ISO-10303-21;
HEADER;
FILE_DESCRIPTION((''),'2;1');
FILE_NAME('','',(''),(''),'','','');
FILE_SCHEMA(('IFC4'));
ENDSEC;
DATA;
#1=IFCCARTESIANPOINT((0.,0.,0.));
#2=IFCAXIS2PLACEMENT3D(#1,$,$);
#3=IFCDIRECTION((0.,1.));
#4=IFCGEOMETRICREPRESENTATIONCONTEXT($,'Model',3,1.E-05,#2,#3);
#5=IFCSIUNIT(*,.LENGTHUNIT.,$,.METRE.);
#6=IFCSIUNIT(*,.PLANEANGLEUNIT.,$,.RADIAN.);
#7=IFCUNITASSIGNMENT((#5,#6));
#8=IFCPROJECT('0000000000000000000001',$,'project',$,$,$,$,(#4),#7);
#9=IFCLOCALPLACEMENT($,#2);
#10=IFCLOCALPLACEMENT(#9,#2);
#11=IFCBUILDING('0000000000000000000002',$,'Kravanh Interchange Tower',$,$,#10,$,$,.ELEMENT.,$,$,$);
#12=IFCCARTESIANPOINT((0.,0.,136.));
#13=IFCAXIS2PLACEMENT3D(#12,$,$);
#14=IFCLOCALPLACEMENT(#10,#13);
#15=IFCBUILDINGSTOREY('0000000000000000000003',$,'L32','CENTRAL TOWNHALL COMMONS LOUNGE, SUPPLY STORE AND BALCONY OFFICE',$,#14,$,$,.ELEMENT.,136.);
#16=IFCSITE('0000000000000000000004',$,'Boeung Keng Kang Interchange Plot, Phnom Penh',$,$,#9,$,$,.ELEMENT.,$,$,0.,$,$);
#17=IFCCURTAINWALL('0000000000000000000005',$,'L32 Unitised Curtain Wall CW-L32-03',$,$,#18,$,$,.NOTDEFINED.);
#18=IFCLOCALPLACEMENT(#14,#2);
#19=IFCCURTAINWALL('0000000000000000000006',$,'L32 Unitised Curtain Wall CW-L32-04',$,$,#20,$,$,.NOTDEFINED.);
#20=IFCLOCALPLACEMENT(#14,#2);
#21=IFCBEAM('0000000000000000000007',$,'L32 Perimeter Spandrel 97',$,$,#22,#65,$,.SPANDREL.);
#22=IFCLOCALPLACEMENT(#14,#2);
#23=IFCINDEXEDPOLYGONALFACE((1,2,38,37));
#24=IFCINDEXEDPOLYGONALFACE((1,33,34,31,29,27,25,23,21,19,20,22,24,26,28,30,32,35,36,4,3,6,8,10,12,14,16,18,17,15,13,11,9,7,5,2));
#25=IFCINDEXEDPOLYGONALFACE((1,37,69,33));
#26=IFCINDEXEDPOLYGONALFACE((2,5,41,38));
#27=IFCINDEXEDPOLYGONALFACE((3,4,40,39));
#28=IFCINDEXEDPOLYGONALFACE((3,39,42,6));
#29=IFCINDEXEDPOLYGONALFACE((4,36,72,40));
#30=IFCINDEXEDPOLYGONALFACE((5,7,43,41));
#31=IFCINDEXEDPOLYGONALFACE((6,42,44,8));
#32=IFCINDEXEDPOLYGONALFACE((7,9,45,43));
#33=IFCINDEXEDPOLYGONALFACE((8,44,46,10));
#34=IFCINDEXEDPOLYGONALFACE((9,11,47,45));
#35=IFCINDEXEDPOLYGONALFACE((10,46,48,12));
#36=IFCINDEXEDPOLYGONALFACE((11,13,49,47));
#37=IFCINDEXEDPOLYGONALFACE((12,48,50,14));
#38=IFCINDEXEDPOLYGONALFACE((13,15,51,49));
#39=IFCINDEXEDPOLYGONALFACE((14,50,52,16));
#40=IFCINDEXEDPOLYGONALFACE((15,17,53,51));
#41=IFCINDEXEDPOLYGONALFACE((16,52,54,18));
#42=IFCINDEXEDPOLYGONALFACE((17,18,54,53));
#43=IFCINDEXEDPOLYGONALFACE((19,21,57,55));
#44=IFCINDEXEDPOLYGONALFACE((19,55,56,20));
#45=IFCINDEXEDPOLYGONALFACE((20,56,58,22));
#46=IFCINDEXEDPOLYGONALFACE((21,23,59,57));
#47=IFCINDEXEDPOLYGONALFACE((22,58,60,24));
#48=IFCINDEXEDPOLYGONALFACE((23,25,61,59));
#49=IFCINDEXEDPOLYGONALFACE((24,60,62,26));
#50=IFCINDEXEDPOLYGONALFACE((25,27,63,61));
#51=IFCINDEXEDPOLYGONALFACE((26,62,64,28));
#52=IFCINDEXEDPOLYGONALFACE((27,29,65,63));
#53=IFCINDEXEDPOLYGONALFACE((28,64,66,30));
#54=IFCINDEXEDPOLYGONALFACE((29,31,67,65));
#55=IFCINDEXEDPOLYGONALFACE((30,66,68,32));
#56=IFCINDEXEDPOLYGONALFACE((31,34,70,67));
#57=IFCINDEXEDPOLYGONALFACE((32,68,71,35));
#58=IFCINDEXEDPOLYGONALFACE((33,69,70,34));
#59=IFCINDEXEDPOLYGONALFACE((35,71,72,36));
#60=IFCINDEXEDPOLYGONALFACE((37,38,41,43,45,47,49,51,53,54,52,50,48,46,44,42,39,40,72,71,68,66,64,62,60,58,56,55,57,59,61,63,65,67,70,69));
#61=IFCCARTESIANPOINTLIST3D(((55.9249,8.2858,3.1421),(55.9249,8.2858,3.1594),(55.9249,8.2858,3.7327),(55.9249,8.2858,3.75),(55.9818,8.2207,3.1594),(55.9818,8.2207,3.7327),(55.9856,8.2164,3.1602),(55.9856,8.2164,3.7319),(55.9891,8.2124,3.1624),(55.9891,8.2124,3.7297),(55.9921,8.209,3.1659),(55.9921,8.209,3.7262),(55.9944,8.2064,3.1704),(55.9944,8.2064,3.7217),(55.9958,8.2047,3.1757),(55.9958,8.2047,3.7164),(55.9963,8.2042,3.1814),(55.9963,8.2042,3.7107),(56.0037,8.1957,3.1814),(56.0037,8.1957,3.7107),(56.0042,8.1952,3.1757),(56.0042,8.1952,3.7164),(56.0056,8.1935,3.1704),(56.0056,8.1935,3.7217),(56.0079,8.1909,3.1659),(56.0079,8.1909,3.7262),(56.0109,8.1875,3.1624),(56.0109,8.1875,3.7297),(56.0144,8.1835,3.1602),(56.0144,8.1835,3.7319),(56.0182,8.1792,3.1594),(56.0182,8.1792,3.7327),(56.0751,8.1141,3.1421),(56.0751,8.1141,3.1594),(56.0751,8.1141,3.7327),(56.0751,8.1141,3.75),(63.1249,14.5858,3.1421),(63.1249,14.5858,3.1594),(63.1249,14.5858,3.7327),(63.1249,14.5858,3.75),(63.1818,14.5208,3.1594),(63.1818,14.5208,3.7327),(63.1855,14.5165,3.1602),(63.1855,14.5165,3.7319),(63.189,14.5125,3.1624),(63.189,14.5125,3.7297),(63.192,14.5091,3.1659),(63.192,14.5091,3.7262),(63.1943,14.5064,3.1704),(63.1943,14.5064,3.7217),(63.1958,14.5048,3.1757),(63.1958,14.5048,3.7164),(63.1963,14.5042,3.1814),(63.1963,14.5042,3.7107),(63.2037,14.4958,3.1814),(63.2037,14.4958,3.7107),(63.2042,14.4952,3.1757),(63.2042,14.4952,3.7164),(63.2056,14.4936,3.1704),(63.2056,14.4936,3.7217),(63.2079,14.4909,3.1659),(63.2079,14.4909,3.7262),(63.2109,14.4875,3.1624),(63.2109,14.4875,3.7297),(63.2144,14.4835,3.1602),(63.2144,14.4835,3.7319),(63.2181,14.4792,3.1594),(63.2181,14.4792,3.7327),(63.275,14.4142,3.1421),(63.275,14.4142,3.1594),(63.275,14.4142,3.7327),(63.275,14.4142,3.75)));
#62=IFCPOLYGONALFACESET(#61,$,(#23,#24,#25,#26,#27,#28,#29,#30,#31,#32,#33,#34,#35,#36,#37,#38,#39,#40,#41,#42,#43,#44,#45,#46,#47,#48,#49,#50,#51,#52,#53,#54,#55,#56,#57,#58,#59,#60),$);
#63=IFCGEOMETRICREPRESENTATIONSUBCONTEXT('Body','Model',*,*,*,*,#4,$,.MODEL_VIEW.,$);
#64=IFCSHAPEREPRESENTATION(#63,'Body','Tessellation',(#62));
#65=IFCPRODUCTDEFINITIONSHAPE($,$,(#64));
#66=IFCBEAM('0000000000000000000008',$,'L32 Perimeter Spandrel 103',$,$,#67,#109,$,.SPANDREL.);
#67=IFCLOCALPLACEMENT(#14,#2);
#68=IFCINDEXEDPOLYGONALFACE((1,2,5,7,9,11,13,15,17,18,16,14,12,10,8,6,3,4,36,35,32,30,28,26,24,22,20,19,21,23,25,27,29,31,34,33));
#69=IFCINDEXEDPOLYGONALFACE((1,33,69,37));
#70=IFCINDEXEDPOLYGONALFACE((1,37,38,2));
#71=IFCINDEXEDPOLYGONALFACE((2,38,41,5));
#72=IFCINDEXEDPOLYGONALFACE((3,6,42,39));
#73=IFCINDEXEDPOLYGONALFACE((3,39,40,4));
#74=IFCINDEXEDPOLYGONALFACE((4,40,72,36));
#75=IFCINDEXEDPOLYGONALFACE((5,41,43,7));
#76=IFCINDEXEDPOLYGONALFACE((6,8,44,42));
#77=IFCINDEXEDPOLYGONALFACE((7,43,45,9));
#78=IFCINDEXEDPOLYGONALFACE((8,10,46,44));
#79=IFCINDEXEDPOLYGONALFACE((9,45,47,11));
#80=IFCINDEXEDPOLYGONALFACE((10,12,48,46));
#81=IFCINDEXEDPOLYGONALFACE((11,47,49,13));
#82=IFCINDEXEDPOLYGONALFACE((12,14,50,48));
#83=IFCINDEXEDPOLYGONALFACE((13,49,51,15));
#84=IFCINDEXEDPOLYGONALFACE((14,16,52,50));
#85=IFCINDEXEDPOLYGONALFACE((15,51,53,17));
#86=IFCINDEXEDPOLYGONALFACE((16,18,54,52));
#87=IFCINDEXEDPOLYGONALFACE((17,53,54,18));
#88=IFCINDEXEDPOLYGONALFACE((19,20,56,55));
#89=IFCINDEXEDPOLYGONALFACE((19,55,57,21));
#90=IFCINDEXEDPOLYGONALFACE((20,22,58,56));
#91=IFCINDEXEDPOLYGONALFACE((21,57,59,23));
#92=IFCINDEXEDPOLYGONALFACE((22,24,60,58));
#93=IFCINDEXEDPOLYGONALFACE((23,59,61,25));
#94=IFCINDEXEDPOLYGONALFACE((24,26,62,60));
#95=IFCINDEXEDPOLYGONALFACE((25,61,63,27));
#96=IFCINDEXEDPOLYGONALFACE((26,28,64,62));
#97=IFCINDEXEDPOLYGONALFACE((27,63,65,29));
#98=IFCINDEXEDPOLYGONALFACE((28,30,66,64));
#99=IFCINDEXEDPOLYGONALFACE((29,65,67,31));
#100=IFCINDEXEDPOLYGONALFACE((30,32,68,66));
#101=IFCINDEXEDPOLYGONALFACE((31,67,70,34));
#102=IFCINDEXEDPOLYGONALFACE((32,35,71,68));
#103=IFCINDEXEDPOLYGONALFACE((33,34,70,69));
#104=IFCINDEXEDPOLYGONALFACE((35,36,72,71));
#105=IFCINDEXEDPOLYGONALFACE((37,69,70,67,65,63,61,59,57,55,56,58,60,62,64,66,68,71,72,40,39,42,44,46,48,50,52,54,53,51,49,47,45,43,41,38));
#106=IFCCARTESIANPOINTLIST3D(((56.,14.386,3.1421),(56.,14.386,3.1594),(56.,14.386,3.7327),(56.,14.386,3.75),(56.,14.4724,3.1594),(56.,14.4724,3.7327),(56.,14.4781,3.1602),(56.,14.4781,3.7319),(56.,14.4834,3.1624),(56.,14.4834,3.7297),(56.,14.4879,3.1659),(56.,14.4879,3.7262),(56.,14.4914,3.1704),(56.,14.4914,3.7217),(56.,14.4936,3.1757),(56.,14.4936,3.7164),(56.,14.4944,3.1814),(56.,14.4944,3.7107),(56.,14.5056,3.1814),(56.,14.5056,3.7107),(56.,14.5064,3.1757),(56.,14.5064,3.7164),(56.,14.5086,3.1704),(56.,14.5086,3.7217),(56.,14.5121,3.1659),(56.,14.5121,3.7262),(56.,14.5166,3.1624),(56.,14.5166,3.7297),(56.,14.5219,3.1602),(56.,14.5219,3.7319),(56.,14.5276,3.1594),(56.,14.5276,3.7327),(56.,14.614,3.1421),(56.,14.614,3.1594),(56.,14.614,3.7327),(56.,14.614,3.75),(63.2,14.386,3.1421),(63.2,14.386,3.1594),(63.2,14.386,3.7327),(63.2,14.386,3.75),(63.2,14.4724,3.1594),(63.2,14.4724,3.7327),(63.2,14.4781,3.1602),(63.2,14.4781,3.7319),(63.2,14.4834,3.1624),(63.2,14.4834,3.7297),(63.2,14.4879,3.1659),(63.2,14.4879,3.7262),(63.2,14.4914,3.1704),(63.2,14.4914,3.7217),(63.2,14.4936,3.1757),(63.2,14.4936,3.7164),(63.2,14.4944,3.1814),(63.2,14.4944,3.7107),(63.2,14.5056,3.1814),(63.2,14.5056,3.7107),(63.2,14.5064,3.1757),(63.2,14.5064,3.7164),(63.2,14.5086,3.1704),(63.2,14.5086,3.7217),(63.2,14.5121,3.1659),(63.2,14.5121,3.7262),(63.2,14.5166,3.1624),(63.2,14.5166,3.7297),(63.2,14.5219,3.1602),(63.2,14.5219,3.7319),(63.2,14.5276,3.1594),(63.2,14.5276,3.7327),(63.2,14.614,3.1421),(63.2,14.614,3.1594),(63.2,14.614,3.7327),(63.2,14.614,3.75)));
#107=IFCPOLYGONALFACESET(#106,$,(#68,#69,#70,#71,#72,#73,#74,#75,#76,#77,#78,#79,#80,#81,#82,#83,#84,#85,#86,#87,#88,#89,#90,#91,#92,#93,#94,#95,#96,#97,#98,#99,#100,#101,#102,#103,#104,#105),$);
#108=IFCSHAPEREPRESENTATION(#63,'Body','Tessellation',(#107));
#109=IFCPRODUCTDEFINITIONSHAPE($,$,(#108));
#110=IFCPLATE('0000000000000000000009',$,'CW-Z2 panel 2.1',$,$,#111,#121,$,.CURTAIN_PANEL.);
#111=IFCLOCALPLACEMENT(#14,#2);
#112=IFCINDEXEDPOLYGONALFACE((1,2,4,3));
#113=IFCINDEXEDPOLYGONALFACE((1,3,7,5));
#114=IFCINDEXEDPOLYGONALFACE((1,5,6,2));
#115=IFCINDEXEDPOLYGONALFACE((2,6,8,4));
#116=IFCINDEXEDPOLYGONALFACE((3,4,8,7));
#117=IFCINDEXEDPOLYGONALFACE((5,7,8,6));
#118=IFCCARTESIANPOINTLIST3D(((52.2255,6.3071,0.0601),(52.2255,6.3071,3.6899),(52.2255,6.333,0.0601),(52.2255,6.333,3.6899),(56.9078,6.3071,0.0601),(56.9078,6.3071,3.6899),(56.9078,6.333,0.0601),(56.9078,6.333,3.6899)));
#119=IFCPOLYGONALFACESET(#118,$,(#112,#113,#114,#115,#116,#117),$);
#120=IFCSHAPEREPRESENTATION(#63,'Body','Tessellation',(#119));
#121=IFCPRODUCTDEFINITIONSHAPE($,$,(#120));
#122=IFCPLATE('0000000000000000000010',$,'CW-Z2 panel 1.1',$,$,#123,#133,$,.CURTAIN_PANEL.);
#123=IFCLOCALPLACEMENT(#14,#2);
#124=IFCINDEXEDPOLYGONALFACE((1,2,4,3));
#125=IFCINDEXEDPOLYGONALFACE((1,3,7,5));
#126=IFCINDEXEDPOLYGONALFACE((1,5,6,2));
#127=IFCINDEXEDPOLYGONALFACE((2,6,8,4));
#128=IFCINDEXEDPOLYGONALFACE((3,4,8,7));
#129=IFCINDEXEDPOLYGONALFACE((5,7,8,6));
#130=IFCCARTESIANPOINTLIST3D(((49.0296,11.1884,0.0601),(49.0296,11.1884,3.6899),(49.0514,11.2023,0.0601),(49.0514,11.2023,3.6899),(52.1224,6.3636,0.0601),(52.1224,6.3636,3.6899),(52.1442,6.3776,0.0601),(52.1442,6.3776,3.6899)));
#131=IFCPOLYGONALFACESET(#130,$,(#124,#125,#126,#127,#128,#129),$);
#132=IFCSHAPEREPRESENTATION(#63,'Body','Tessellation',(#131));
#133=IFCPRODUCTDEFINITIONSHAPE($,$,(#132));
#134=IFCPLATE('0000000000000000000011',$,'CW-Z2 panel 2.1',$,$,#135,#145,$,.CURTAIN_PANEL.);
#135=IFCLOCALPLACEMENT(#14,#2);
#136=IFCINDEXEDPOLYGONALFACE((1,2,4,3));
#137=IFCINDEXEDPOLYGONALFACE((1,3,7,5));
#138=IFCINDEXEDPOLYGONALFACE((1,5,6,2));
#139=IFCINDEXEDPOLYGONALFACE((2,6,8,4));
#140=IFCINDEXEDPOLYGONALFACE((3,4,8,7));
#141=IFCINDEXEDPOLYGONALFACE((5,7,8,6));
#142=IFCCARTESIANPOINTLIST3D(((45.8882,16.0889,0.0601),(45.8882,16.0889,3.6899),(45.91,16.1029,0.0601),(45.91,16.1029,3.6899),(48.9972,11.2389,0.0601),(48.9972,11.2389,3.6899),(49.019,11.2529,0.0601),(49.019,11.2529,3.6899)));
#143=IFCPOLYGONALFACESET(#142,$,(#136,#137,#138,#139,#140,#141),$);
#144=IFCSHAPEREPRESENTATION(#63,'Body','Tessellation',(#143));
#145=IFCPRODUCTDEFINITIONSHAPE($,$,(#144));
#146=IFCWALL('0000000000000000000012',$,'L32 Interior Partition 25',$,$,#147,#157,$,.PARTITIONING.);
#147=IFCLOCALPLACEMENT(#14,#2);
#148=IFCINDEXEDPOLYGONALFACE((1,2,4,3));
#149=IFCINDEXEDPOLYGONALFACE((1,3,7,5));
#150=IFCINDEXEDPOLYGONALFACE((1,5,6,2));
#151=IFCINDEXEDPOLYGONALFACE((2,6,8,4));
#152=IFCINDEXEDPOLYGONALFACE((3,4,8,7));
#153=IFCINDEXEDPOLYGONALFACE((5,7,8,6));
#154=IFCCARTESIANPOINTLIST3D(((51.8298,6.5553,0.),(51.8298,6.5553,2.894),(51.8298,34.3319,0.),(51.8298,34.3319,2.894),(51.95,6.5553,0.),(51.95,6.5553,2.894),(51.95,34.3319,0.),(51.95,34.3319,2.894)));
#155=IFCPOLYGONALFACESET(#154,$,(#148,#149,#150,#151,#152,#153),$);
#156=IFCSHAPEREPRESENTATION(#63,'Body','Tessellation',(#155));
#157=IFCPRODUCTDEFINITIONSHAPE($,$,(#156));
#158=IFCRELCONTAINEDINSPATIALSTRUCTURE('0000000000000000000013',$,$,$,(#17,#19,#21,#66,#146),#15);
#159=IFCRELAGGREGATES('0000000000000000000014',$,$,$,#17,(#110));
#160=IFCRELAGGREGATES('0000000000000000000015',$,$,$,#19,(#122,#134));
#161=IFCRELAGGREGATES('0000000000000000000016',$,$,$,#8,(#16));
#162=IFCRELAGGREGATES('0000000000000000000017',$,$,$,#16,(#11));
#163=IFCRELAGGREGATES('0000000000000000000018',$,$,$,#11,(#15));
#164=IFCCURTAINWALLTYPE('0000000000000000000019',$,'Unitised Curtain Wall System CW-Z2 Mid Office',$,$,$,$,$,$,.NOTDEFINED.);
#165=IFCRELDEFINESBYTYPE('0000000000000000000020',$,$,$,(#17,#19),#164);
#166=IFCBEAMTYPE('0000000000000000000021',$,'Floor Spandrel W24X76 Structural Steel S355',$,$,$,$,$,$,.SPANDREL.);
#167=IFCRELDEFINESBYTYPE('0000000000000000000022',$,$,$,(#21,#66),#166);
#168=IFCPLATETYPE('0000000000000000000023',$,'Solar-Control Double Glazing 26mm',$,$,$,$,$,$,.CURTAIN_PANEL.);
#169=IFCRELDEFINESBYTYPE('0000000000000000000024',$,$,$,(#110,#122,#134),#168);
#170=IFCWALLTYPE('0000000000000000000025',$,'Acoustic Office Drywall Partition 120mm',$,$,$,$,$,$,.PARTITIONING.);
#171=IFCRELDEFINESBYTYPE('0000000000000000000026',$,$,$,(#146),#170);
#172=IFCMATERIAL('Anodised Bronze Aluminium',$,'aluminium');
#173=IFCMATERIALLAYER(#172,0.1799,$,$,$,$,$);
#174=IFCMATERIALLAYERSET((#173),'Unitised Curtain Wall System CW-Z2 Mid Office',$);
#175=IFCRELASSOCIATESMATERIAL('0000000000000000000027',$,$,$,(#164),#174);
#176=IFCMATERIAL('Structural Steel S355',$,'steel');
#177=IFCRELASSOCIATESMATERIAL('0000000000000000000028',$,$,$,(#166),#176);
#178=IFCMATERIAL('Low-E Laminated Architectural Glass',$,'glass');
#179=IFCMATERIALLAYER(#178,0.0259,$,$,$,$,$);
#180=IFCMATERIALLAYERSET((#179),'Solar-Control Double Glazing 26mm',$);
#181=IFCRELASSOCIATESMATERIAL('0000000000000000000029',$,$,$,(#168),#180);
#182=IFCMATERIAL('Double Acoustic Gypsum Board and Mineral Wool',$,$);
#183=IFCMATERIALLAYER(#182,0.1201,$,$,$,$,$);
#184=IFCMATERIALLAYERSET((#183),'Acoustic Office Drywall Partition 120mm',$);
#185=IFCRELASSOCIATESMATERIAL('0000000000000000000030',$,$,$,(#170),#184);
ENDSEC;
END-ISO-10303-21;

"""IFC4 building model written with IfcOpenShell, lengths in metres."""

from ifc_helpers import new_model, si_unit, direction, frame, frame_2d, origin, origin_2d, place, context, subcontext, project, spatial, rectangle, i_section, extrude, material, layer, layer_set, material_profile, profile_set, type_object, element, aggregate, save


model = new_model("IFC4")

# Units and contexts
model_context = context("Model", 3, precision=1e-05, world=origin(), true_north=direction((0.0, 1.0)))
body_context = subcontext(model_context, "Body", "Model", "MODEL_VIEW")
ifc_project = project(units=[si_unit("LENGTHUNIT", "METRE"), si_unit("PLANEANGLEUNIT", "RADIAN")], contexts=[model_context])

# Site, building, storey
site_placement = place(None, origin())
site = spatial("IfcSite", under=ifc_project, at=site_placement, Name="Boeung Keng Kang Interchange Plot, Phnom Penh", CompositionType="ELEMENT", RefElevation=0.0)
building_placement = place(site_placement, origin())
building = spatial("IfcBuilding", under=site, at=building_placement, Name="Kravanh Interchange Tower", CompositionType="ELEMENT")
storey_placement = place(building_placement, frame((0.0, 0.0, 136.0)))
storey = spatial("IfcBuildingStorey", under=building, at=storey_placement, Name="L32", Description="CENTRAL TOWNHALL COMMONS LOUNGE, SUPPLY STORE AND BALCONY OFFICE", CompositionType="ELEMENT", Elevation=136.0)

# Curtain wall
ifc_material_1 = material(Name="Anodised Bronze Aluminium", Category="aluminium")
ifc_layer_1 = layer(ifc_material_1, 0.1799)
ifc_layer_set_1 = layer_set([ifc_layer_1], Name="Unitised Curtain Wall System CW-Z2 Mid Office")
curtain_wall_type = type_object("IfcCurtainWallType", Name="Unitised Curtain Wall System CW-Z2 Mid Office", PredefinedType="NOTDEFINED", material=ifc_layer_set_1)
curtain_wall_1_placement = place(storey_placement, origin())
curtain_wall_1 = element("IfcCurtainWall", 1, at=curtain_wall_1_placement, inside=storey, type_object=curtain_wall_type, Name="L32 Unitised Curtain Wall CW-L32-03", PredefinedType="NOTDEFINED")

# Curtain wall
curtain_wall_2_placement = place(storey_placement, origin())
curtain_wall_2 = element("IfcCurtainWall", 2, at=curtain_wall_2_placement, inside=storey, type_object=curtain_wall_type, Name="L32 Unitised Curtain Wall CW-L32-04", PredefinedType="NOTDEFINED")

# Beams
ifc_material_2 = material(Name="Structural Steel S355", Category="steel")
ifc_material_profile_1 = material_profile(ifc_material_2, i_section(OverallWidth=0.228, OverallDepth=0.6079, WebThickness=0.0112, FlangeThickness=0.0173, FilletRadius=0.022, at=origin_2d()), Name="W24X76")
ifc_profile_set_1 = profile_set([ifc_material_profile_1], Name="Structural Steel S355")
beam_type_1 = type_object("IfcBeamType", Name="Floor Spandrel W24X76 Structural Steel S355", PredefinedType="SPANDREL", material=ifc_profile_set_1)
beam_1_placement = place(storey_placement, frame((56.0, 8.2, 3.446), z_axis=(0.752572, 0.65851, 0.0), x_axis=(-0.65851, 0.752572, 0.0)))
element("IfcBeam", 3, at=beam_1_placement, inside=storey, type_object=beam_type_1, Name="L32 Perimeter Spandrel 97", PredefinedType="SPANDREL", context=body_context, shape_type="SweptSolid", body=[
    extrude(i_section(OverallWidth=0.228, OverallDepth=0.6079, WebThickness=0.0112, FlangeThickness=0.0173, FilletRadius=0.022, at=origin_2d()), origin(), (0.0, 0.0, 1.0), 9.5671),
])
beam_2_placement = place(storey_placement, frame((56.0, 14.5, 3.446), z_axis=(1.0, 0.0, 0.0), x_axis=(0.0, 1.0, 0.0)))
element("IfcBeam", 4, at=beam_2_placement, inside=storey, type_object=beam_type_1, Name="L32 Perimeter Spandrel 103", PredefinedType="SPANDREL", context=body_context, shape_type="SweptSolid", body=[
    extrude(i_section(OverallWidth=0.228, OverallDepth=0.6079, WebThickness=0.0112, FlangeThickness=0.0173, FilletRadius=0.022, at=origin_2d()), origin(), (0.0, 0.0, 1.0), 7.2),
])

# Plates
ifc_material_3 = material(Name="Low-E Laminated Architectural Glass", Category="glass")
ifc_layer_2 = layer(ifc_material_3, 0.0259)
ifc_layer_set_2 = layer_set([ifc_layer_2], Name="Solar-Control Double Glazing 26mm")
plate_type = type_object("IfcPlateType", Name="Solar-Control Double Glazing 26mm", PredefinedType="CURTAIN_PANEL", material=ifc_layer_set_2)
plate_1_placement = place(storey_placement, frame((54.5667, 6.3201, 0.0601), z_axis=(0.0, 0.0, 1.0), x_axis=(-1.0, 0.0, 0.0)))
plate_1 = element("IfcPlate", 5, at=plate_1_placement, type_object=plate_type, Name="CW-Z2 panel 2.1", PredefinedType="CURTAIN_PANEL", context=body_context, shape_type="SweptSolid", body=[
    extrude(rectangle(XDim=4.6824, YDim=0.0259, at=origin_2d()), origin(), (0.0, 0.0, 1.0), 3.6299),
])
aggregate(curtain_wall_1, [plate_1])
plate_2_placement = place(storey_placement, frame((50.5869, 8.783, 0.0601), z_axis=(0.0, 0.0, 1.0), x_axis=(-0.539665, 0.84188, 0.0)))
plate_2 = element("IfcPlate", 6, at=plate_2_placement, type_object=plate_type, Name="CW-Z2 panel 1.1", PredefinedType="CURTAIN_PANEL", context=body_context, shape_type="SweptSolid", body=[
    extrude(rectangle(XDim=5.731, YDim=0.0259, at=origin_2d()), origin(), (0.0, 0.0, 1.0), 3.6299),
])
plate_3_placement = place(storey_placement, frame((47.4536, 13.6709, 0.0601), z_axis=(0.0, 0.0, 1.0), x_axis=(-0.539665, 0.84188, 0.0)))
plate_3 = element("IfcPlate", 7, at=plate_3_placement, type_object=plate_type, Name="CW-Z2 panel 2.1", PredefinedType="CURTAIN_PANEL", context=body_context, shape_type="SweptSolid", body=[
    extrude(rectangle(XDim=5.761, YDim=0.0259, at=origin_2d()), origin(), (0.0, 0.0, 1.0), 3.6299),
])
aggregate(curtain_wall_2, [plate_2, plate_3])

# Wall
ifc_material_4 = material(Name="Double Acoustic Gypsum Board and Mineral Wool")
ifc_layer_3 = layer(ifc_material_4, 0.1201)
ifc_layer_set_3 = layer_set([ifc_layer_3], Name="Acoustic Office Drywall Partition 120mm")
wall_type = type_object("IfcWallType", Name="Acoustic Office Drywall Partition 120mm", PredefinedType="PARTITIONING", material=ifc_layer_set_3)
wall_placement = place(storey_placement, frame((51.8899, 6.5554, 0.0), z_axis=(0.0, 0.0, 1.0), x_axis=(0.0, 1.0, 0.0)))
element("IfcWall", 8, at=wall_placement, inside=storey, type_object=wall_type, Name="L32 Interior Partition 25", PredefinedType="PARTITIONING", context=body_context, shape_type="SweptSolid", body=[
    extrude(rectangle(XDim=27.7766, YDim=0.1201, at=frame_2d((13.8882, 0.0))), origin(), (0.0, 0.0, 1.0), 2.894),
])

save(model, "model.ifc")
